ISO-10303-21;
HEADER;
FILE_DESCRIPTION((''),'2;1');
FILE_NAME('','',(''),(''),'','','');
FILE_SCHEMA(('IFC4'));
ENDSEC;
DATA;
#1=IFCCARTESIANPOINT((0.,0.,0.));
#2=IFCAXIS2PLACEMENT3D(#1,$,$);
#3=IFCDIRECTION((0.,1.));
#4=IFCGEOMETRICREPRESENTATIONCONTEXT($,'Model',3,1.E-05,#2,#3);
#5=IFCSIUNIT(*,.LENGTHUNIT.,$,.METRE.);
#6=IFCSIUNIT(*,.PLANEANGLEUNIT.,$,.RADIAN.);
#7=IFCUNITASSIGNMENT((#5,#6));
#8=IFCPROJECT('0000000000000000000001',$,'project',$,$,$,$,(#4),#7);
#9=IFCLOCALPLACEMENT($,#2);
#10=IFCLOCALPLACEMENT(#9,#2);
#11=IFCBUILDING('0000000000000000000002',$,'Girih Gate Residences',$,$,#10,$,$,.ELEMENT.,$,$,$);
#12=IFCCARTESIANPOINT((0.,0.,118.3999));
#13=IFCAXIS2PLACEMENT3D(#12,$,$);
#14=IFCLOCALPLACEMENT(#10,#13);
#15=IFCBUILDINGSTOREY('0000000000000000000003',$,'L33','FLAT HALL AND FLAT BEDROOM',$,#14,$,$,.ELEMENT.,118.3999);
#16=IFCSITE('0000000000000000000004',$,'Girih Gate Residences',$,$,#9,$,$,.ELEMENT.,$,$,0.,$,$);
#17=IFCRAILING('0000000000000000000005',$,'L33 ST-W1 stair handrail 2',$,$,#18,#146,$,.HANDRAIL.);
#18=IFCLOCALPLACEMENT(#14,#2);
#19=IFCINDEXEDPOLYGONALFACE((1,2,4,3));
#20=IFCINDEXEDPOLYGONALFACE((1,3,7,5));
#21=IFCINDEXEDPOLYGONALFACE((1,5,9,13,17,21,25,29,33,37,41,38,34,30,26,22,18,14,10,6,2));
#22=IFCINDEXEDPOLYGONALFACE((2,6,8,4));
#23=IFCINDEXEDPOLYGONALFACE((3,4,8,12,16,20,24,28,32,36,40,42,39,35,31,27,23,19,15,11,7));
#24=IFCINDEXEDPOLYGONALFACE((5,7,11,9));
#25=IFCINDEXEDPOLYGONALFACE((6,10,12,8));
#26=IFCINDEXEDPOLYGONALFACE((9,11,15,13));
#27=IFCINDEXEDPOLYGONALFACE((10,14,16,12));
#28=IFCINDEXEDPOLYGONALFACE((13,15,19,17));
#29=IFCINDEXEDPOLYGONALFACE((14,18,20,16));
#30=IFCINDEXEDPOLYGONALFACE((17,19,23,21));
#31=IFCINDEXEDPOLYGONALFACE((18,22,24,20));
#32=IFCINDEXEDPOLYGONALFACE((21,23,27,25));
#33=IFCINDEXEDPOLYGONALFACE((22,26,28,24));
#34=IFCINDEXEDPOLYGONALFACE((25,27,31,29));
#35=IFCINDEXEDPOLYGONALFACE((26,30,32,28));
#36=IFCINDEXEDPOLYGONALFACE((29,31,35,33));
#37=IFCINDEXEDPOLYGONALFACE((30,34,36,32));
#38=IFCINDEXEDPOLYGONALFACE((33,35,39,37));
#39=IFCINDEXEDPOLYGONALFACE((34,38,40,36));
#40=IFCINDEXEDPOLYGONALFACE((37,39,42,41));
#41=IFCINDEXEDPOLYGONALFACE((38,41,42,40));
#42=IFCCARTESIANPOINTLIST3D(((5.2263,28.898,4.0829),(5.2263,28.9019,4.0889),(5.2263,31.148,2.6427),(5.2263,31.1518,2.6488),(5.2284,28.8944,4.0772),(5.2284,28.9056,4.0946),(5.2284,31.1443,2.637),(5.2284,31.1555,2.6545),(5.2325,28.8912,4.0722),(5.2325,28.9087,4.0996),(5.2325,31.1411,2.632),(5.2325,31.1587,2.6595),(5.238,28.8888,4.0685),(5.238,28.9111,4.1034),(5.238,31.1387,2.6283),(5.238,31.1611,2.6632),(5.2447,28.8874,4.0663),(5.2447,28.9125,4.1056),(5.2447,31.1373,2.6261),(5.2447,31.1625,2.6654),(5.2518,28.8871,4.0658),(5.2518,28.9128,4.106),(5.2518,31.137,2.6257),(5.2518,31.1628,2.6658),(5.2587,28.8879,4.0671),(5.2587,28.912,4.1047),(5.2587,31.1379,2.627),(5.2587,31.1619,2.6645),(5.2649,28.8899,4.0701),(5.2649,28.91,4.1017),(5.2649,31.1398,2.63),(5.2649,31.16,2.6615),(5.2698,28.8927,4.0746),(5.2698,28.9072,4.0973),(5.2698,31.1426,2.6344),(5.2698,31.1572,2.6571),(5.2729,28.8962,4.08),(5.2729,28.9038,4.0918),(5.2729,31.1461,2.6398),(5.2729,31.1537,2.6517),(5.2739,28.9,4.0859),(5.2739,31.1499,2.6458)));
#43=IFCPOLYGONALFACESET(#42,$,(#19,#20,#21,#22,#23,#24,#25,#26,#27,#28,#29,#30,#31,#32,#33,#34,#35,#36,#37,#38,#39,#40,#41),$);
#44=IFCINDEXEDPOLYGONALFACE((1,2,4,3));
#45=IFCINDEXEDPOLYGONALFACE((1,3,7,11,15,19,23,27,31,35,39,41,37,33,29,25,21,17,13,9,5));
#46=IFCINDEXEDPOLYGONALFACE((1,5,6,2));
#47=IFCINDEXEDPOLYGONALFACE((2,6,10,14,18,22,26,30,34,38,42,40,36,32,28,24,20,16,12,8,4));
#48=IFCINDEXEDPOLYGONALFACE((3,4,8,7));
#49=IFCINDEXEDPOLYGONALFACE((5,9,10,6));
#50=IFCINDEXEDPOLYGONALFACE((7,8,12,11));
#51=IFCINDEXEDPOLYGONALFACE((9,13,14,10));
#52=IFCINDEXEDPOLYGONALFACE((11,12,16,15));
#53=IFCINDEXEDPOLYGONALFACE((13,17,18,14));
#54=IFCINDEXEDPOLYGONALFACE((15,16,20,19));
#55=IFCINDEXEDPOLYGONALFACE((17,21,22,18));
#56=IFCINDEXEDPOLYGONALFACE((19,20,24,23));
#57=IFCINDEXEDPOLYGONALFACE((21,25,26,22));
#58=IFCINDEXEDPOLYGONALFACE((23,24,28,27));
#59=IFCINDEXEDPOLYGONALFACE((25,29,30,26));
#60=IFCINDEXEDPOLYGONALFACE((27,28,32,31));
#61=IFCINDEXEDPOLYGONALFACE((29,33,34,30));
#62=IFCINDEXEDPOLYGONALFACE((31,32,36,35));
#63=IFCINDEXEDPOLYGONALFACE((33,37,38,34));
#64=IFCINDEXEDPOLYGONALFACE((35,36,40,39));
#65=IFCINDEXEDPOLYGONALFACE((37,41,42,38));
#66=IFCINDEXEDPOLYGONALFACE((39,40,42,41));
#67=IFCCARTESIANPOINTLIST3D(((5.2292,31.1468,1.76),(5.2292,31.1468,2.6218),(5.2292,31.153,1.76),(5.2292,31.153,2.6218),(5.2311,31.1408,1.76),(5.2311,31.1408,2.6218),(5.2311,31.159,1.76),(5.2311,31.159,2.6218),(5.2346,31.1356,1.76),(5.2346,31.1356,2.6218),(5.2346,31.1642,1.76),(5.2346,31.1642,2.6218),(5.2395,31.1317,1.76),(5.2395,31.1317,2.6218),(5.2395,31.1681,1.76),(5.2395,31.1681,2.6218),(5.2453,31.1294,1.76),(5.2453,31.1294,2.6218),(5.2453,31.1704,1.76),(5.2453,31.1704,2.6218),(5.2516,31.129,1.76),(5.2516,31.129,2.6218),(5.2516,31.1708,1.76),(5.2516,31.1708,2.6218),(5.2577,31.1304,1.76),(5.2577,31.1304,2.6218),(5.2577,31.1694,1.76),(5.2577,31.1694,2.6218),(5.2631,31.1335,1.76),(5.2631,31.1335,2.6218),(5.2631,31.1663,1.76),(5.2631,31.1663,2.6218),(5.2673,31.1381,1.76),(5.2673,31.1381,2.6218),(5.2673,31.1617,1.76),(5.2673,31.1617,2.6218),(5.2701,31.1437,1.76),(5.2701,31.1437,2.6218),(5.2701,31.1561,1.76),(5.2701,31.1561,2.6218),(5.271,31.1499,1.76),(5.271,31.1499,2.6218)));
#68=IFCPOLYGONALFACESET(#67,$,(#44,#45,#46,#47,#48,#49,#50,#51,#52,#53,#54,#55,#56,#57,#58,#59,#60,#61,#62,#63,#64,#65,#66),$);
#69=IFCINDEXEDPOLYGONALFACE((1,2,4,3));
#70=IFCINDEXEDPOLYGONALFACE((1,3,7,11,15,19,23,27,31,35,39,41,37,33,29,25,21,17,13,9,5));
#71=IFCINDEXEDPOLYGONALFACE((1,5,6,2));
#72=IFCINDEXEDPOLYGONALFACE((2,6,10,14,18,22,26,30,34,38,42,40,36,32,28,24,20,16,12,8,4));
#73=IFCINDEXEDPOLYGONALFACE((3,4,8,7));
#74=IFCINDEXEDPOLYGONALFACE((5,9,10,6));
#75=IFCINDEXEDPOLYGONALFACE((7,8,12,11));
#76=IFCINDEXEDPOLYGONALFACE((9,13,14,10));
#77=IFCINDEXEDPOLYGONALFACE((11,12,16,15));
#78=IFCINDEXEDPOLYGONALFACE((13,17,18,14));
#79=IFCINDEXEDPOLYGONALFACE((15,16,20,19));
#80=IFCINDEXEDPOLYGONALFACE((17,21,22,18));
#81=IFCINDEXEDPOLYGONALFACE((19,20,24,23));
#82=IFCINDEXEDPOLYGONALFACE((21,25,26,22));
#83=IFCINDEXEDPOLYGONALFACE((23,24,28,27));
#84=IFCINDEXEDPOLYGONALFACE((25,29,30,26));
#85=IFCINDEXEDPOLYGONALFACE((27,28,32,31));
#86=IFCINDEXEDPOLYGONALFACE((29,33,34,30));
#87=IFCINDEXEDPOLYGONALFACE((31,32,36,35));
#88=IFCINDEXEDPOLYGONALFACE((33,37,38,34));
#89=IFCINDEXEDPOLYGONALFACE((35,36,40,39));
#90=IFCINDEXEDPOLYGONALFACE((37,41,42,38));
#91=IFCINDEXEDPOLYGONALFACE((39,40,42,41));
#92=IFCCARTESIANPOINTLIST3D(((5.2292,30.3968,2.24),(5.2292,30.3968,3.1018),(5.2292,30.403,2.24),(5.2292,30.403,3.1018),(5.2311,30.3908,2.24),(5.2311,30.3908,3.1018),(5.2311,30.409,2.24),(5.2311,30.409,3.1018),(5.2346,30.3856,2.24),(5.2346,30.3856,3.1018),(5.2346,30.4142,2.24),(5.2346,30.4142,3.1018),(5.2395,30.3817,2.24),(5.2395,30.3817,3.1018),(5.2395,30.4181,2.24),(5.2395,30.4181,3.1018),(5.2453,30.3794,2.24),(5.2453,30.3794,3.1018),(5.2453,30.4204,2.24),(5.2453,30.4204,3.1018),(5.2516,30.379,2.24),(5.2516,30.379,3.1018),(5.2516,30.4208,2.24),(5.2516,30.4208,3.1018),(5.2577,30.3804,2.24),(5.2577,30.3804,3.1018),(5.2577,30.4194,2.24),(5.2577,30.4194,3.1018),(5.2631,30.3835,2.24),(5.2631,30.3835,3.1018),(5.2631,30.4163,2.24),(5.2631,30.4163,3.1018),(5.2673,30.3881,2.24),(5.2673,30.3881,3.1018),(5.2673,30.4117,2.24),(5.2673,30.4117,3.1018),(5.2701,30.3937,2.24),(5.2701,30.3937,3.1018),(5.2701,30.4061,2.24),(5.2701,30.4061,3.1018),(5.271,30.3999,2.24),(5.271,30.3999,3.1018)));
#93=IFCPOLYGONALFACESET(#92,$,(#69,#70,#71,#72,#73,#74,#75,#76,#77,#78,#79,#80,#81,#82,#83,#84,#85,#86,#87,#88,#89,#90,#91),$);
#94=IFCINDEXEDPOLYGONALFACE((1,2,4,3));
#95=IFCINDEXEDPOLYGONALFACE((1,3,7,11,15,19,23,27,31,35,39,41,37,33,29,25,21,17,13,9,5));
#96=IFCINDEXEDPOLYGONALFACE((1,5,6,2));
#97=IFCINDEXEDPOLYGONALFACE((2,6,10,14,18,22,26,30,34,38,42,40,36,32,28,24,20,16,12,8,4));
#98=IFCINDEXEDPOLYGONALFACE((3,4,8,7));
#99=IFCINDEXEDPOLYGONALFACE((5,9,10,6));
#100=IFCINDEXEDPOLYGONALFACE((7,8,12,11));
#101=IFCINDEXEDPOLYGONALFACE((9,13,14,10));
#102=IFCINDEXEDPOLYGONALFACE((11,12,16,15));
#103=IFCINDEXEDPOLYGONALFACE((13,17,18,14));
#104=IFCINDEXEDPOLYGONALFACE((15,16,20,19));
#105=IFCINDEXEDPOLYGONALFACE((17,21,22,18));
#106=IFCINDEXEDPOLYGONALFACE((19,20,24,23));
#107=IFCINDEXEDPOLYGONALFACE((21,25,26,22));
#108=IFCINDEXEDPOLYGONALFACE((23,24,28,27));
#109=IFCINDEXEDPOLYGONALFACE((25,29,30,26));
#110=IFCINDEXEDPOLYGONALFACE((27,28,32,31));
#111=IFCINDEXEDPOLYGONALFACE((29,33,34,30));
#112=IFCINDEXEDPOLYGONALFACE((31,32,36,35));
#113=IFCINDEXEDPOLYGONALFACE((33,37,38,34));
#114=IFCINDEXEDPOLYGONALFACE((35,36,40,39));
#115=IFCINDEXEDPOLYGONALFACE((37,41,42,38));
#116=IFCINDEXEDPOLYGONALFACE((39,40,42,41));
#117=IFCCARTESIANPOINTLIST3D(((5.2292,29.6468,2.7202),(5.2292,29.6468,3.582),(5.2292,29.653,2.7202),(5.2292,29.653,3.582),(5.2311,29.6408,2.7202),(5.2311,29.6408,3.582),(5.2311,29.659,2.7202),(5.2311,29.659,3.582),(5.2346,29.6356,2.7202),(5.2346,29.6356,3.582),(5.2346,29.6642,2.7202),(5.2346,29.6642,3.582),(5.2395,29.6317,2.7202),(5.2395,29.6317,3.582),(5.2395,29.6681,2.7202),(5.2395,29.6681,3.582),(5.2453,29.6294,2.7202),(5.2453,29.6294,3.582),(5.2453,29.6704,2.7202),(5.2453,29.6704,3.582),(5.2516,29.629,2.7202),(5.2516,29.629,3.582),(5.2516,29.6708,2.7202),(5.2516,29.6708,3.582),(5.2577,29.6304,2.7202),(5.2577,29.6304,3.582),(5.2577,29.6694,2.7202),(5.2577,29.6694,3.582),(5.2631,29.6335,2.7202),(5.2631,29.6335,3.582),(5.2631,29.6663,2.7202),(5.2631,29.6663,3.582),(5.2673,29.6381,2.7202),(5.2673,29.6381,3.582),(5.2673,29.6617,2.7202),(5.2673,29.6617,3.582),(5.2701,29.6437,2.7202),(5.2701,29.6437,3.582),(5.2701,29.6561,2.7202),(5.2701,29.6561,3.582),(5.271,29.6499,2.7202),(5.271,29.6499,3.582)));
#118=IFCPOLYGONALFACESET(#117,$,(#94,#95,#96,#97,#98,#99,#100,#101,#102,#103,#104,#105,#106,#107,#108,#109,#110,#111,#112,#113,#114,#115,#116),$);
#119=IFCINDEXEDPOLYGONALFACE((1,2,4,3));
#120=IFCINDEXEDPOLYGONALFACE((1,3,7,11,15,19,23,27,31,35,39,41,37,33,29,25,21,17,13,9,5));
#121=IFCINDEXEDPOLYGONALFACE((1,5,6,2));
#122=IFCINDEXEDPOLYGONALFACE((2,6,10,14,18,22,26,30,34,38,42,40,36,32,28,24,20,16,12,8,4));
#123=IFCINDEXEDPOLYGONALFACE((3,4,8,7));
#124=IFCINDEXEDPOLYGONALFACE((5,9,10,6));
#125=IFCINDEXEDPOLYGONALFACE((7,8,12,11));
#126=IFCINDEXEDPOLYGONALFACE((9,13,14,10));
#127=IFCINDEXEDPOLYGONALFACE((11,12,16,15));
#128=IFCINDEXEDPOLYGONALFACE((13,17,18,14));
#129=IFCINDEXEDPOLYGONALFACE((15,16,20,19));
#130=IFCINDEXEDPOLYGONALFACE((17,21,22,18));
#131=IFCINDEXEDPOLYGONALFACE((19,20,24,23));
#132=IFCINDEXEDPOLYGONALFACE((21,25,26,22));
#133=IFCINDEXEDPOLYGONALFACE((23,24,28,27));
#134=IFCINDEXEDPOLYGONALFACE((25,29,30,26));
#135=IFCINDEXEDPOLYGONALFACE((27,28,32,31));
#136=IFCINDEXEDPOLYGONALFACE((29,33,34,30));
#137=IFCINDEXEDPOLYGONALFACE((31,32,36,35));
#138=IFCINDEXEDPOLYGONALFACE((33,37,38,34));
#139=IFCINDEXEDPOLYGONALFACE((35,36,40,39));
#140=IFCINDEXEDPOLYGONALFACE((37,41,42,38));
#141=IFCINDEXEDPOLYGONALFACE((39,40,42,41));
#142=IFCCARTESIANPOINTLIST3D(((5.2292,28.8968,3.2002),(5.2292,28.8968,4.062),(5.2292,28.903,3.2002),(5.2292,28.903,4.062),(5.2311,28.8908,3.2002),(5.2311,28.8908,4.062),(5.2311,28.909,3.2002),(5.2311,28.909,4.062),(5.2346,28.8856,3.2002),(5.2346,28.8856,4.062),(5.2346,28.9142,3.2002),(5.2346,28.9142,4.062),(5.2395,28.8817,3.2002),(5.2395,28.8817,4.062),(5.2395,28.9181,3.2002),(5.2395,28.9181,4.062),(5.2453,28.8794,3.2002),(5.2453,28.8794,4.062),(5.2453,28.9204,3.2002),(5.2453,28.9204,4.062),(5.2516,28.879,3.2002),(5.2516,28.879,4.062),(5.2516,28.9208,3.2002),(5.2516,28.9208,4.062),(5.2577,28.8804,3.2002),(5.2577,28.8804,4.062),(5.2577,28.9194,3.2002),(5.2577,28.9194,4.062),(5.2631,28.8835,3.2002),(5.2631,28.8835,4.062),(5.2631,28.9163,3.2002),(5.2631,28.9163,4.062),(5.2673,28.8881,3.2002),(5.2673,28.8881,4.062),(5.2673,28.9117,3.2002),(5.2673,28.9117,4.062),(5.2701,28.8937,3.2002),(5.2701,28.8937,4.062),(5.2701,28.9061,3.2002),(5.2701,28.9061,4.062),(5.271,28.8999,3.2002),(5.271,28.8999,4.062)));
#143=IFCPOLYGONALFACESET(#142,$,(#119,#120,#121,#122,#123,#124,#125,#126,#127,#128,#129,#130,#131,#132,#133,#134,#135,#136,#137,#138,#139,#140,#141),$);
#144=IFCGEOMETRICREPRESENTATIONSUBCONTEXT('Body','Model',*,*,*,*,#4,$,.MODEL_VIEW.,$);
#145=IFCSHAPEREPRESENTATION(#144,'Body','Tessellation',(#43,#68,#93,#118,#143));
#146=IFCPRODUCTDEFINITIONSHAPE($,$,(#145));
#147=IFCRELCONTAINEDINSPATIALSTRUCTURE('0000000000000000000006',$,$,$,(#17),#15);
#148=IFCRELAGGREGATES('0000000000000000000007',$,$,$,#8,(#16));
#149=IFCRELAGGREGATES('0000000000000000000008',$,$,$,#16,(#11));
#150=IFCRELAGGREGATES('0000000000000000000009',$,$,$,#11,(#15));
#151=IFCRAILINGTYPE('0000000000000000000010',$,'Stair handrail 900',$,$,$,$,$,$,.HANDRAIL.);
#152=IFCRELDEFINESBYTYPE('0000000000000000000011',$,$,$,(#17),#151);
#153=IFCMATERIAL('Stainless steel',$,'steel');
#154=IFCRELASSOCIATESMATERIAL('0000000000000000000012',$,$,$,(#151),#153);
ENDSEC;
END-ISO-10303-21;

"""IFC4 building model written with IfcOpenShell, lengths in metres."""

from ifc_helpers import new_model, si_unit, direction, frame, origin, origin_2d, place, context, subcontext, project, spatial, circle, extrude, material, type_object, element, save


model = new_model("IFC4")

# Units and contexts
model_context = context("Model", 3, precision=1e-05, world=origin(), true_north=direction((0.0, 1.0)))
body_context = subcontext(model_context, "Body", "Model", "MODEL_VIEW")
ifc_project = project(units=[si_unit("LENGTHUNIT", "METRE"), si_unit("PLANEANGLEUNIT", "RADIAN")], contexts=[model_context])

# Site, building, storey
site_placement = place(None, origin())
site = spatial("IfcSite", under=ifc_project, at=site_placement, Name="Girih Gate Residences", CompositionType="ELEMENT", RefElevation=0.0)
building_placement = place(site_placement, origin())
building = spatial("IfcBuilding", under=site, at=building_placement, Name="Girih Gate Residences", CompositionType="ELEMENT")
storey_placement = place(building_placement, frame((0.0, 0.0, 118.3999)))
storey = spatial("IfcBuildingStorey", under=building, at=storey_placement, Name="L33", Description="FLAT HALL AND FLAT BEDROOM", CompositionType="ELEMENT", Elevation=118.3999)

# Shared definitions
ifc_material_1 = material(Name="Stainless steel", Category="steel")

# Railing
railing_type_1 = type_object("IfcRailingType", Name="Stair handrail 900", PredefinedType="HANDRAIL", material=ifc_material_1)
railing_1_placement = place(storey_placement, frame((5.25, 31.1499, 1.76)))
element("IfcRailing", 1, at=railing_1_placement, inside=storey, type_object=railing_type_1, Name="L33 ST-W1 stair handrail 2", PredefinedType="HANDRAIL", context=body_context, shape_type="SweptSolid", body=[
    extrude(circle(Radius=0.0239, at=origin_2d()), frame((0.0, 0.0, 0.8857), z_axis=(0.0, -0.84224, 0.539103), x_axis=(1.0, 0.0, 0.0)), (0.0, 0.0, 1.0), 2.6714),
    extrude(circle(Radius=0.021, at=origin_2d()), origin(), (0.0, 0.0, 1.0), 0.8618),
    extrude(circle(Radius=0.021, at=origin_2d()), frame((0.0, -0.75, 0.48)), (0.0, 0.0, 1.0), 0.8618),
    extrude(circle(Radius=0.021, at=origin_2d()), frame((0.0, -1.5, 0.9602)), (0.0, 0.0, 1.0), 0.8618),
    extrude(circle(Radius=0.021, at=origin_2d()), frame((0.0, -2.25, 1.4402)), (0.0, 0.0, 1.0), 0.8618),
])

save(model, "model.ifc")
